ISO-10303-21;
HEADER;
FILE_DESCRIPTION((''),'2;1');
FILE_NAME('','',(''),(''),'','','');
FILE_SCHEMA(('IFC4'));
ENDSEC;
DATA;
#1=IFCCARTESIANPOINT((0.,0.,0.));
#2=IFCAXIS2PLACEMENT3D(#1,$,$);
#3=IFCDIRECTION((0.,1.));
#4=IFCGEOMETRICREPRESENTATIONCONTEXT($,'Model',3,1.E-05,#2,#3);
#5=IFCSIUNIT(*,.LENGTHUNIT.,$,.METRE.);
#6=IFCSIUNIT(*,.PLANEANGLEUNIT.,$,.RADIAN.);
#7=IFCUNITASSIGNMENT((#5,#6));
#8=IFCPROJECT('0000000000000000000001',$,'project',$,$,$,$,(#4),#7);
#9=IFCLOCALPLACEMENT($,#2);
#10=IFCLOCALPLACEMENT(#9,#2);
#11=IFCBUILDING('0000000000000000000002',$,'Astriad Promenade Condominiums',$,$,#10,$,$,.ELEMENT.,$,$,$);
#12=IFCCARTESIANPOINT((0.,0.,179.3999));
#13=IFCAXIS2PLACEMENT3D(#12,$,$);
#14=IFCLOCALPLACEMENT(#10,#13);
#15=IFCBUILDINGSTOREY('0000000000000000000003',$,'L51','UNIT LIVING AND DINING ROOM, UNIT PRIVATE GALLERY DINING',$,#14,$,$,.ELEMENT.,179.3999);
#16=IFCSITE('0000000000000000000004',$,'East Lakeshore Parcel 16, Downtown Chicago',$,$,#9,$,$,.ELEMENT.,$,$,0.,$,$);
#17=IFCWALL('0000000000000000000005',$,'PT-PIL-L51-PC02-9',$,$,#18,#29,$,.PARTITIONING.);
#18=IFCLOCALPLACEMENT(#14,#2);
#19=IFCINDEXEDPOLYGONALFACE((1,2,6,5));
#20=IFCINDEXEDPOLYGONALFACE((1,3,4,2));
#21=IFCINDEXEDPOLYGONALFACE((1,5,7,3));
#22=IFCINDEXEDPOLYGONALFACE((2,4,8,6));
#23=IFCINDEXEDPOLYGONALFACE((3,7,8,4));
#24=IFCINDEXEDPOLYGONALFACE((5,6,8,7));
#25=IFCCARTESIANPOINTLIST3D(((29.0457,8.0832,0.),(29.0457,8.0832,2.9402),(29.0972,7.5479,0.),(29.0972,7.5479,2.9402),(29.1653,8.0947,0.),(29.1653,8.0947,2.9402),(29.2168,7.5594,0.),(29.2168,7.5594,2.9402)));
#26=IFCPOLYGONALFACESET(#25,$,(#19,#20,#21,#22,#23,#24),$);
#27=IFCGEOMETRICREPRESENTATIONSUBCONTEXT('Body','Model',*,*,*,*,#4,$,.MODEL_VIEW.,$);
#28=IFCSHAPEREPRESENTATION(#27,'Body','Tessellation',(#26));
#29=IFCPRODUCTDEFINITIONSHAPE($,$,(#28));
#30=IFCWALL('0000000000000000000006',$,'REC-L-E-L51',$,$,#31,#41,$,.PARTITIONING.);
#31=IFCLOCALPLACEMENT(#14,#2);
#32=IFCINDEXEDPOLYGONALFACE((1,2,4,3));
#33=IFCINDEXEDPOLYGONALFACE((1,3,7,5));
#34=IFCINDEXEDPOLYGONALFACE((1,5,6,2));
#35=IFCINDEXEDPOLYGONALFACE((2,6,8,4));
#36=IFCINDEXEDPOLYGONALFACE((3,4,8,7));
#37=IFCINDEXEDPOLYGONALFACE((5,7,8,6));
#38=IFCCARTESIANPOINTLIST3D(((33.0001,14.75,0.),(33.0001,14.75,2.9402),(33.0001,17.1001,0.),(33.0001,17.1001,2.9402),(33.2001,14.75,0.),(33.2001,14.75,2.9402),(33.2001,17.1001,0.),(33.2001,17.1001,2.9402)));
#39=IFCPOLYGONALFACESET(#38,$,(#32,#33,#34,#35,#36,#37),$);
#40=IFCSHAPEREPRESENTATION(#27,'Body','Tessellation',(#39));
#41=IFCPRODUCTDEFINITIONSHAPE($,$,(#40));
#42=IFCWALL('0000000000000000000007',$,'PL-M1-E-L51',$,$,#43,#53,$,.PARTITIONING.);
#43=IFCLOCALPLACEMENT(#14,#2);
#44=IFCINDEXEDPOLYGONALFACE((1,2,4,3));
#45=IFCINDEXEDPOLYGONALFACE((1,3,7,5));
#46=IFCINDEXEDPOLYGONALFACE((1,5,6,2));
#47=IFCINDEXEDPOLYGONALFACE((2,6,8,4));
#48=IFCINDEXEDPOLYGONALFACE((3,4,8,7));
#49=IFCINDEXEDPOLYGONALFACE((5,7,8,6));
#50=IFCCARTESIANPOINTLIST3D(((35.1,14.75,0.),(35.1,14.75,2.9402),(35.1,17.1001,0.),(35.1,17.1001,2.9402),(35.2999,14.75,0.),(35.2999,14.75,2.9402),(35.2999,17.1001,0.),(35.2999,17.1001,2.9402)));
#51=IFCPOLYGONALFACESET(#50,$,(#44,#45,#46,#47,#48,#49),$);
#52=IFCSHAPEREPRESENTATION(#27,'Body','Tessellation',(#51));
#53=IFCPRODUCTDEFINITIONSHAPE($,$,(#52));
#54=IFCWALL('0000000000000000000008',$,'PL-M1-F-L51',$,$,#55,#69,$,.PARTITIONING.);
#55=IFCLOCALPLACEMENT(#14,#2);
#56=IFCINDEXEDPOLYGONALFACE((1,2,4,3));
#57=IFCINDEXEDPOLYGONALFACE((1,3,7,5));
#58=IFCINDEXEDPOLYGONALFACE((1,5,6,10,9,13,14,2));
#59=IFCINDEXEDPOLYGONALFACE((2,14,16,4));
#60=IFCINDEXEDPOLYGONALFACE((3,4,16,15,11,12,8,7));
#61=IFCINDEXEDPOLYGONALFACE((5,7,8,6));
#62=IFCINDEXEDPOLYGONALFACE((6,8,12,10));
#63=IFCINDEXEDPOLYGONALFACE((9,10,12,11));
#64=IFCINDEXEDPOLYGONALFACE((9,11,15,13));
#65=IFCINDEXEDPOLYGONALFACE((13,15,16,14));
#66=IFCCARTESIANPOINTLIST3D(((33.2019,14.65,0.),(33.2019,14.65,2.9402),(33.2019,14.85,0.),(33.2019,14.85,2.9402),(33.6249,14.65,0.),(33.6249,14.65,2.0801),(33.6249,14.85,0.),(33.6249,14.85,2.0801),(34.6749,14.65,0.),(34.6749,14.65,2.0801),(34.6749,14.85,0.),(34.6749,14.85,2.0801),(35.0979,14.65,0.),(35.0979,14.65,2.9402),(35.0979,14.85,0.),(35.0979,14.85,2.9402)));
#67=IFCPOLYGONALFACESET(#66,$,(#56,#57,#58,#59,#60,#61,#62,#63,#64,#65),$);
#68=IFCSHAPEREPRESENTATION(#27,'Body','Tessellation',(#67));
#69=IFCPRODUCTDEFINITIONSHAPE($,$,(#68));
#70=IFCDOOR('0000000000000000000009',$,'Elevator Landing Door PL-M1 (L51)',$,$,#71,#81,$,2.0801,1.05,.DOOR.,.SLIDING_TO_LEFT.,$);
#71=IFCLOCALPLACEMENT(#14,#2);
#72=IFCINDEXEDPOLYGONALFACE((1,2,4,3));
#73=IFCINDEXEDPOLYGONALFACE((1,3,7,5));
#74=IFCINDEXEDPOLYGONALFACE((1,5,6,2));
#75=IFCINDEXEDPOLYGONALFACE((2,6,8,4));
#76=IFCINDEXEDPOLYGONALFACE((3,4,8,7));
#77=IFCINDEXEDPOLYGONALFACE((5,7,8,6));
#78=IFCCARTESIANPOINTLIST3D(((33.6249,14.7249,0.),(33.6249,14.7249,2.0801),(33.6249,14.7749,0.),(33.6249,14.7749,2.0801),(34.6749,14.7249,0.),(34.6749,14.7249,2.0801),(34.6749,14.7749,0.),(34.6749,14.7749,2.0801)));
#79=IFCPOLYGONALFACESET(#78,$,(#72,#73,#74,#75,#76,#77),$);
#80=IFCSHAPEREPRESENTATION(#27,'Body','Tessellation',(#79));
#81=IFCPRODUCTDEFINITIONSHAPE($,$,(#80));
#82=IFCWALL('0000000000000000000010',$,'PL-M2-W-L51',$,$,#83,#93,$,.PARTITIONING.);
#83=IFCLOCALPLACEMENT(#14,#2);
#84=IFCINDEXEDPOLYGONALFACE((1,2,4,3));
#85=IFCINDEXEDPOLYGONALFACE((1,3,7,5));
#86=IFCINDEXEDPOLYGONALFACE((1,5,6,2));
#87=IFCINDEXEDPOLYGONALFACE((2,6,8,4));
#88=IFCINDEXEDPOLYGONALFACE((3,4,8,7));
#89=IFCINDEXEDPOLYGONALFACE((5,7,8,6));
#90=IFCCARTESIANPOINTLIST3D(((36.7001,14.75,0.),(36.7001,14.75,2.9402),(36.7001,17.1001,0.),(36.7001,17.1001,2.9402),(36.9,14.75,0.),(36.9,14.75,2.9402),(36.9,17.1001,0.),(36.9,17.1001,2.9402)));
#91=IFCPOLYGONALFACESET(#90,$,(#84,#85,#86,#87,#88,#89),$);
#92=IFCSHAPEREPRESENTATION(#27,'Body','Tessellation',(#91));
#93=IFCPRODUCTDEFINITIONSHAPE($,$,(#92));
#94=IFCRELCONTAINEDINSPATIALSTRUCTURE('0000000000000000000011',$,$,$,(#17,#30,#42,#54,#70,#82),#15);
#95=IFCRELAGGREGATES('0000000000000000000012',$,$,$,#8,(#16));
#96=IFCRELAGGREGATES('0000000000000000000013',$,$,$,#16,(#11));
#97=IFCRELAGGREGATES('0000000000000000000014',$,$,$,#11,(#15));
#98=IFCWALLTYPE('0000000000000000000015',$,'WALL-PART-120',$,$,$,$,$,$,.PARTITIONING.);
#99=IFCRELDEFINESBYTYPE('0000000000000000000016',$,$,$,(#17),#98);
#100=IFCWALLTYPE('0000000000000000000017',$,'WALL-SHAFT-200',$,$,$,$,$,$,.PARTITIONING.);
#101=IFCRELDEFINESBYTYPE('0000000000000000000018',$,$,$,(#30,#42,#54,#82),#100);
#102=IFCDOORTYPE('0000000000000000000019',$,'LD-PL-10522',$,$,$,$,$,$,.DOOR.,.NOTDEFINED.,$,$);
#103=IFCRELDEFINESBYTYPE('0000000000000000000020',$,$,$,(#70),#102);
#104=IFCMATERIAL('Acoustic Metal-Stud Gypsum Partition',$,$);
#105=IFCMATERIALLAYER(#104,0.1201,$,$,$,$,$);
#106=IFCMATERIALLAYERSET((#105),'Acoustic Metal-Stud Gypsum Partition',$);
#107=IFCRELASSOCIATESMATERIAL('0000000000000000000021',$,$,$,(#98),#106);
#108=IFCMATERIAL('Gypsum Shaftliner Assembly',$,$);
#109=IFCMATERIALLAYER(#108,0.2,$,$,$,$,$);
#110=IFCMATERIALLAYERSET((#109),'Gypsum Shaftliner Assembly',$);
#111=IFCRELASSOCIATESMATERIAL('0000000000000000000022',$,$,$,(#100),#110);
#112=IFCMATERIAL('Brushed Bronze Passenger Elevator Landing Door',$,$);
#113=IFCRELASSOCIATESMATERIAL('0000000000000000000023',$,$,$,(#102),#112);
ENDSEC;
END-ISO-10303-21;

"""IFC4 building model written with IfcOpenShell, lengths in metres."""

from ifc_helpers import new_model, si_unit, direction, frame, frame_2d, origin, place, context, subcontext, project, spatial, rectangle, extrude, source, transform, mapped, material, layer, layer_set, type_object, type_shapes, element, fill, save


model = new_model("IFC4")

# Units and contexts
model_context = context("Model", 3, precision=1e-05, world=origin(), true_north=direction((0.0, 1.0)))
body_context = subcontext(model_context, "Body", "Model", "MODEL_VIEW")
ifc_project = project(units=[si_unit("LENGTHUNIT", "METRE"), si_unit("PLANEANGLEUNIT", "RADIAN")], contexts=[model_context])

# Site, building, storey
site_placement = place(None, origin())
site = spatial("IfcSite", under=ifc_project, at=site_placement, Name="East Lakeshore Parcel 16, Downtown Chicago", CompositionType="ELEMENT", RefElevation=0.0)
building_placement = place(site_placement, origin())
building = spatial("IfcBuilding", under=site, at=building_placement, Name="Astriad Promenade Condominiums", CompositionType="ELEMENT")
storey_placement = place(building_placement, frame((0.0, 0.0, 179.3999)))
storey = spatial("IfcBuildingStorey", under=building, at=storey_placement, Name="L51", Description="UNIT LIVING AND DINING ROOM, UNIT PRIVATE GALLERY DINING", CompositionType="ELEMENT", Elevation=179.3999)

# Shared definitions
ifc_material_1 = material(Name="Acoustic Metal-Stud Gypsum Partition")
ifc_layer_1 = layer(ifc_material_1, 0.1201)
ifc_layer_set_1 = layer_set([ifc_layer_1], Name="Acoustic Metal-Stud Gypsum Partition")
wall_type_1 = type_object("IfcWallType", Name="WALL-PART-120", PredefinedType="PARTITIONING", material=ifc_layer_set_1)

# Walls
wall_1_placement = place(storey_placement, frame((29.1055, 8.0891, 0.0), z_axis=(0.0, 0.0, 1.0), x_axis=(0.095773, -0.995403, 0.0)))
element("IfcWall", 1, at=wall_1_placement, inside=storey, type_object=wall_type_1, Name="PT-PIL-L51-PC02-9", PredefinedType="PARTITIONING", context=body_context, shape_type="SweptSolid", body=[
    extrude(rectangle(XDim=0.5378, YDim=0.1201, at=frame_2d((0.269, 0.0))), origin(), (0.0, 0.0, 1.0), 2.9402),
])
ifc_material_2 = material(Name="Gypsum Shaftliner Assembly")
ifc_layer_2 = layer(ifc_material_2, 0.2)
ifc_layer_set_2 = layer_set([ifc_layer_2], Name="Gypsum Shaftliner Assembly")
wall_type_2 = type_object("IfcWallType", Name="WALL-SHAFT-200", PredefinedType="PARTITIONING", material=ifc_layer_set_2)
for number, where, z_axis, x_axis, name in (
    (2, (33.1001, 14.75, 0.0), (0.0, 0.0, 1.0), (0.0, 1.0, 0.0), "REC-L-E-L51"),
    (3, (35.2, 14.75, 0.0), (0.0, 0.0, 1.0), (0.0, 1.0, 0.0), "PL-M1-E-L51"),
):
    element("IfcWall", number, at=place(storey_placement, frame(where, z_axis=z_axis, x_axis=x_axis)), inside=storey, type_object=wall_type_2, Name=name, PredefinedType="PARTITIONING", context=body_context, shape_type="SweptSolid", body=[
        extrude(rectangle(XDim=2.3501, YDim=0.2, at=frame_2d((1.175, 0.0))), origin(), (0.0, 0.0, 1.0), 2.9402),
    ])

# Wall, opening, door
wall_2_placement = place(storey_placement, frame((33.2019, 14.75, 0.0), z_axis=(0.0, 0.0, 1.0), x_axis=(1.0, 0.0, 0.0)))
wall_2 = element("IfcWall", 4, at=wall_2_placement, inside=storey, type_object=wall_type_2, Name="PL-M1-F-L51", PredefinedType="PARTITIONING", context=body_context, shape_type="SweptSolid", body=[
    extrude(rectangle(XDim=1.896, YDim=0.2, at=frame_2d((0.948, 0.0))), origin(), (0.0, 0.0, 1.0), 2.9402),
])
opening_1_placement = place(wall_2_placement, frame((0.4231, 0.0, 0.0)))
opening_1 = element("IfcOpeningElement", 5, at=opening_1_placement, cuts=wall_2, PredefinedType="OPENING", context=body_context, shape_type="SweptSolid", body=[
    extrude(rectangle(XDim=1.05, YDim=2.0801, at=frame_2d((0.5249, 1.04))), frame((0.0, 0.1099, 0.0), z_axis=(0.0, -1.0, 0.0), x_axis=(1.0, 0.0, 0.0)), (0.0, 0.0, 1.0), 0.22),
])
ifc_material_3 = material(Name="Brushed Bronze Passenger Elevator Landing Door")
door_type_1 = type_object("IfcDoorType", Name="LD-PL-10522", OperationType="NOTDEFINED", PredefinedType="DOOR", material=ifc_material_3)
shared_shape_1 = source(origin(), body_context, "Body", "SweptSolid", [
    extrude(rectangle(XDim=1.05, YDim=2.0801, at=frame_2d((0.5249, 1.04))), frame((0.0, 0.0249, 0.0), z_axis=(0.0, -1.0, 0.0), x_axis=(1.0, 0.0, 0.0)), (0.0, 0.0, 1.0), 0.05),
])
type_shapes(door_type_1, [shared_shape_1])
door_1_placement = place(opening_1_placement, origin())
door_1 = element("IfcDoor", 6, at=door_1_placement, inside=storey, type_object=door_type_1, Name="Elevator Landing Door PL-M1 (L51)", OperationType="SLIDING_TO_LEFT", OverallHeight=2.0801, OverallWidth=1.05, PredefinedType="DOOR", context=body_context, shape_type="MappedRepresentation", body=[
    mapped(shared_shape_1, transform((0.0, 0.0, 0.0), scale=1.0)),
])
fill(opening_1, door_1)

# Wall
wall_3_placement = place(storey_placement, frame((36.8, 14.75, 0.0), z_axis=(0.0, 0.0, 1.0), x_axis=(0.0, 1.0, 0.0)))
element("IfcWall", 7, at=wall_3_placement, inside=storey, type_object=wall_type_2, Name="PL-M2-W-L51", PredefinedType="PARTITIONING", context=body_context, shape_type="SweptSolid", body=[
    extrude(rectangle(XDim=2.3501, YDim=0.2, at=frame_2d((1.175, 0.0))), origin(), (0.0, 0.0, 1.0), 2.9402),
])

save(model, "model.ifc")
